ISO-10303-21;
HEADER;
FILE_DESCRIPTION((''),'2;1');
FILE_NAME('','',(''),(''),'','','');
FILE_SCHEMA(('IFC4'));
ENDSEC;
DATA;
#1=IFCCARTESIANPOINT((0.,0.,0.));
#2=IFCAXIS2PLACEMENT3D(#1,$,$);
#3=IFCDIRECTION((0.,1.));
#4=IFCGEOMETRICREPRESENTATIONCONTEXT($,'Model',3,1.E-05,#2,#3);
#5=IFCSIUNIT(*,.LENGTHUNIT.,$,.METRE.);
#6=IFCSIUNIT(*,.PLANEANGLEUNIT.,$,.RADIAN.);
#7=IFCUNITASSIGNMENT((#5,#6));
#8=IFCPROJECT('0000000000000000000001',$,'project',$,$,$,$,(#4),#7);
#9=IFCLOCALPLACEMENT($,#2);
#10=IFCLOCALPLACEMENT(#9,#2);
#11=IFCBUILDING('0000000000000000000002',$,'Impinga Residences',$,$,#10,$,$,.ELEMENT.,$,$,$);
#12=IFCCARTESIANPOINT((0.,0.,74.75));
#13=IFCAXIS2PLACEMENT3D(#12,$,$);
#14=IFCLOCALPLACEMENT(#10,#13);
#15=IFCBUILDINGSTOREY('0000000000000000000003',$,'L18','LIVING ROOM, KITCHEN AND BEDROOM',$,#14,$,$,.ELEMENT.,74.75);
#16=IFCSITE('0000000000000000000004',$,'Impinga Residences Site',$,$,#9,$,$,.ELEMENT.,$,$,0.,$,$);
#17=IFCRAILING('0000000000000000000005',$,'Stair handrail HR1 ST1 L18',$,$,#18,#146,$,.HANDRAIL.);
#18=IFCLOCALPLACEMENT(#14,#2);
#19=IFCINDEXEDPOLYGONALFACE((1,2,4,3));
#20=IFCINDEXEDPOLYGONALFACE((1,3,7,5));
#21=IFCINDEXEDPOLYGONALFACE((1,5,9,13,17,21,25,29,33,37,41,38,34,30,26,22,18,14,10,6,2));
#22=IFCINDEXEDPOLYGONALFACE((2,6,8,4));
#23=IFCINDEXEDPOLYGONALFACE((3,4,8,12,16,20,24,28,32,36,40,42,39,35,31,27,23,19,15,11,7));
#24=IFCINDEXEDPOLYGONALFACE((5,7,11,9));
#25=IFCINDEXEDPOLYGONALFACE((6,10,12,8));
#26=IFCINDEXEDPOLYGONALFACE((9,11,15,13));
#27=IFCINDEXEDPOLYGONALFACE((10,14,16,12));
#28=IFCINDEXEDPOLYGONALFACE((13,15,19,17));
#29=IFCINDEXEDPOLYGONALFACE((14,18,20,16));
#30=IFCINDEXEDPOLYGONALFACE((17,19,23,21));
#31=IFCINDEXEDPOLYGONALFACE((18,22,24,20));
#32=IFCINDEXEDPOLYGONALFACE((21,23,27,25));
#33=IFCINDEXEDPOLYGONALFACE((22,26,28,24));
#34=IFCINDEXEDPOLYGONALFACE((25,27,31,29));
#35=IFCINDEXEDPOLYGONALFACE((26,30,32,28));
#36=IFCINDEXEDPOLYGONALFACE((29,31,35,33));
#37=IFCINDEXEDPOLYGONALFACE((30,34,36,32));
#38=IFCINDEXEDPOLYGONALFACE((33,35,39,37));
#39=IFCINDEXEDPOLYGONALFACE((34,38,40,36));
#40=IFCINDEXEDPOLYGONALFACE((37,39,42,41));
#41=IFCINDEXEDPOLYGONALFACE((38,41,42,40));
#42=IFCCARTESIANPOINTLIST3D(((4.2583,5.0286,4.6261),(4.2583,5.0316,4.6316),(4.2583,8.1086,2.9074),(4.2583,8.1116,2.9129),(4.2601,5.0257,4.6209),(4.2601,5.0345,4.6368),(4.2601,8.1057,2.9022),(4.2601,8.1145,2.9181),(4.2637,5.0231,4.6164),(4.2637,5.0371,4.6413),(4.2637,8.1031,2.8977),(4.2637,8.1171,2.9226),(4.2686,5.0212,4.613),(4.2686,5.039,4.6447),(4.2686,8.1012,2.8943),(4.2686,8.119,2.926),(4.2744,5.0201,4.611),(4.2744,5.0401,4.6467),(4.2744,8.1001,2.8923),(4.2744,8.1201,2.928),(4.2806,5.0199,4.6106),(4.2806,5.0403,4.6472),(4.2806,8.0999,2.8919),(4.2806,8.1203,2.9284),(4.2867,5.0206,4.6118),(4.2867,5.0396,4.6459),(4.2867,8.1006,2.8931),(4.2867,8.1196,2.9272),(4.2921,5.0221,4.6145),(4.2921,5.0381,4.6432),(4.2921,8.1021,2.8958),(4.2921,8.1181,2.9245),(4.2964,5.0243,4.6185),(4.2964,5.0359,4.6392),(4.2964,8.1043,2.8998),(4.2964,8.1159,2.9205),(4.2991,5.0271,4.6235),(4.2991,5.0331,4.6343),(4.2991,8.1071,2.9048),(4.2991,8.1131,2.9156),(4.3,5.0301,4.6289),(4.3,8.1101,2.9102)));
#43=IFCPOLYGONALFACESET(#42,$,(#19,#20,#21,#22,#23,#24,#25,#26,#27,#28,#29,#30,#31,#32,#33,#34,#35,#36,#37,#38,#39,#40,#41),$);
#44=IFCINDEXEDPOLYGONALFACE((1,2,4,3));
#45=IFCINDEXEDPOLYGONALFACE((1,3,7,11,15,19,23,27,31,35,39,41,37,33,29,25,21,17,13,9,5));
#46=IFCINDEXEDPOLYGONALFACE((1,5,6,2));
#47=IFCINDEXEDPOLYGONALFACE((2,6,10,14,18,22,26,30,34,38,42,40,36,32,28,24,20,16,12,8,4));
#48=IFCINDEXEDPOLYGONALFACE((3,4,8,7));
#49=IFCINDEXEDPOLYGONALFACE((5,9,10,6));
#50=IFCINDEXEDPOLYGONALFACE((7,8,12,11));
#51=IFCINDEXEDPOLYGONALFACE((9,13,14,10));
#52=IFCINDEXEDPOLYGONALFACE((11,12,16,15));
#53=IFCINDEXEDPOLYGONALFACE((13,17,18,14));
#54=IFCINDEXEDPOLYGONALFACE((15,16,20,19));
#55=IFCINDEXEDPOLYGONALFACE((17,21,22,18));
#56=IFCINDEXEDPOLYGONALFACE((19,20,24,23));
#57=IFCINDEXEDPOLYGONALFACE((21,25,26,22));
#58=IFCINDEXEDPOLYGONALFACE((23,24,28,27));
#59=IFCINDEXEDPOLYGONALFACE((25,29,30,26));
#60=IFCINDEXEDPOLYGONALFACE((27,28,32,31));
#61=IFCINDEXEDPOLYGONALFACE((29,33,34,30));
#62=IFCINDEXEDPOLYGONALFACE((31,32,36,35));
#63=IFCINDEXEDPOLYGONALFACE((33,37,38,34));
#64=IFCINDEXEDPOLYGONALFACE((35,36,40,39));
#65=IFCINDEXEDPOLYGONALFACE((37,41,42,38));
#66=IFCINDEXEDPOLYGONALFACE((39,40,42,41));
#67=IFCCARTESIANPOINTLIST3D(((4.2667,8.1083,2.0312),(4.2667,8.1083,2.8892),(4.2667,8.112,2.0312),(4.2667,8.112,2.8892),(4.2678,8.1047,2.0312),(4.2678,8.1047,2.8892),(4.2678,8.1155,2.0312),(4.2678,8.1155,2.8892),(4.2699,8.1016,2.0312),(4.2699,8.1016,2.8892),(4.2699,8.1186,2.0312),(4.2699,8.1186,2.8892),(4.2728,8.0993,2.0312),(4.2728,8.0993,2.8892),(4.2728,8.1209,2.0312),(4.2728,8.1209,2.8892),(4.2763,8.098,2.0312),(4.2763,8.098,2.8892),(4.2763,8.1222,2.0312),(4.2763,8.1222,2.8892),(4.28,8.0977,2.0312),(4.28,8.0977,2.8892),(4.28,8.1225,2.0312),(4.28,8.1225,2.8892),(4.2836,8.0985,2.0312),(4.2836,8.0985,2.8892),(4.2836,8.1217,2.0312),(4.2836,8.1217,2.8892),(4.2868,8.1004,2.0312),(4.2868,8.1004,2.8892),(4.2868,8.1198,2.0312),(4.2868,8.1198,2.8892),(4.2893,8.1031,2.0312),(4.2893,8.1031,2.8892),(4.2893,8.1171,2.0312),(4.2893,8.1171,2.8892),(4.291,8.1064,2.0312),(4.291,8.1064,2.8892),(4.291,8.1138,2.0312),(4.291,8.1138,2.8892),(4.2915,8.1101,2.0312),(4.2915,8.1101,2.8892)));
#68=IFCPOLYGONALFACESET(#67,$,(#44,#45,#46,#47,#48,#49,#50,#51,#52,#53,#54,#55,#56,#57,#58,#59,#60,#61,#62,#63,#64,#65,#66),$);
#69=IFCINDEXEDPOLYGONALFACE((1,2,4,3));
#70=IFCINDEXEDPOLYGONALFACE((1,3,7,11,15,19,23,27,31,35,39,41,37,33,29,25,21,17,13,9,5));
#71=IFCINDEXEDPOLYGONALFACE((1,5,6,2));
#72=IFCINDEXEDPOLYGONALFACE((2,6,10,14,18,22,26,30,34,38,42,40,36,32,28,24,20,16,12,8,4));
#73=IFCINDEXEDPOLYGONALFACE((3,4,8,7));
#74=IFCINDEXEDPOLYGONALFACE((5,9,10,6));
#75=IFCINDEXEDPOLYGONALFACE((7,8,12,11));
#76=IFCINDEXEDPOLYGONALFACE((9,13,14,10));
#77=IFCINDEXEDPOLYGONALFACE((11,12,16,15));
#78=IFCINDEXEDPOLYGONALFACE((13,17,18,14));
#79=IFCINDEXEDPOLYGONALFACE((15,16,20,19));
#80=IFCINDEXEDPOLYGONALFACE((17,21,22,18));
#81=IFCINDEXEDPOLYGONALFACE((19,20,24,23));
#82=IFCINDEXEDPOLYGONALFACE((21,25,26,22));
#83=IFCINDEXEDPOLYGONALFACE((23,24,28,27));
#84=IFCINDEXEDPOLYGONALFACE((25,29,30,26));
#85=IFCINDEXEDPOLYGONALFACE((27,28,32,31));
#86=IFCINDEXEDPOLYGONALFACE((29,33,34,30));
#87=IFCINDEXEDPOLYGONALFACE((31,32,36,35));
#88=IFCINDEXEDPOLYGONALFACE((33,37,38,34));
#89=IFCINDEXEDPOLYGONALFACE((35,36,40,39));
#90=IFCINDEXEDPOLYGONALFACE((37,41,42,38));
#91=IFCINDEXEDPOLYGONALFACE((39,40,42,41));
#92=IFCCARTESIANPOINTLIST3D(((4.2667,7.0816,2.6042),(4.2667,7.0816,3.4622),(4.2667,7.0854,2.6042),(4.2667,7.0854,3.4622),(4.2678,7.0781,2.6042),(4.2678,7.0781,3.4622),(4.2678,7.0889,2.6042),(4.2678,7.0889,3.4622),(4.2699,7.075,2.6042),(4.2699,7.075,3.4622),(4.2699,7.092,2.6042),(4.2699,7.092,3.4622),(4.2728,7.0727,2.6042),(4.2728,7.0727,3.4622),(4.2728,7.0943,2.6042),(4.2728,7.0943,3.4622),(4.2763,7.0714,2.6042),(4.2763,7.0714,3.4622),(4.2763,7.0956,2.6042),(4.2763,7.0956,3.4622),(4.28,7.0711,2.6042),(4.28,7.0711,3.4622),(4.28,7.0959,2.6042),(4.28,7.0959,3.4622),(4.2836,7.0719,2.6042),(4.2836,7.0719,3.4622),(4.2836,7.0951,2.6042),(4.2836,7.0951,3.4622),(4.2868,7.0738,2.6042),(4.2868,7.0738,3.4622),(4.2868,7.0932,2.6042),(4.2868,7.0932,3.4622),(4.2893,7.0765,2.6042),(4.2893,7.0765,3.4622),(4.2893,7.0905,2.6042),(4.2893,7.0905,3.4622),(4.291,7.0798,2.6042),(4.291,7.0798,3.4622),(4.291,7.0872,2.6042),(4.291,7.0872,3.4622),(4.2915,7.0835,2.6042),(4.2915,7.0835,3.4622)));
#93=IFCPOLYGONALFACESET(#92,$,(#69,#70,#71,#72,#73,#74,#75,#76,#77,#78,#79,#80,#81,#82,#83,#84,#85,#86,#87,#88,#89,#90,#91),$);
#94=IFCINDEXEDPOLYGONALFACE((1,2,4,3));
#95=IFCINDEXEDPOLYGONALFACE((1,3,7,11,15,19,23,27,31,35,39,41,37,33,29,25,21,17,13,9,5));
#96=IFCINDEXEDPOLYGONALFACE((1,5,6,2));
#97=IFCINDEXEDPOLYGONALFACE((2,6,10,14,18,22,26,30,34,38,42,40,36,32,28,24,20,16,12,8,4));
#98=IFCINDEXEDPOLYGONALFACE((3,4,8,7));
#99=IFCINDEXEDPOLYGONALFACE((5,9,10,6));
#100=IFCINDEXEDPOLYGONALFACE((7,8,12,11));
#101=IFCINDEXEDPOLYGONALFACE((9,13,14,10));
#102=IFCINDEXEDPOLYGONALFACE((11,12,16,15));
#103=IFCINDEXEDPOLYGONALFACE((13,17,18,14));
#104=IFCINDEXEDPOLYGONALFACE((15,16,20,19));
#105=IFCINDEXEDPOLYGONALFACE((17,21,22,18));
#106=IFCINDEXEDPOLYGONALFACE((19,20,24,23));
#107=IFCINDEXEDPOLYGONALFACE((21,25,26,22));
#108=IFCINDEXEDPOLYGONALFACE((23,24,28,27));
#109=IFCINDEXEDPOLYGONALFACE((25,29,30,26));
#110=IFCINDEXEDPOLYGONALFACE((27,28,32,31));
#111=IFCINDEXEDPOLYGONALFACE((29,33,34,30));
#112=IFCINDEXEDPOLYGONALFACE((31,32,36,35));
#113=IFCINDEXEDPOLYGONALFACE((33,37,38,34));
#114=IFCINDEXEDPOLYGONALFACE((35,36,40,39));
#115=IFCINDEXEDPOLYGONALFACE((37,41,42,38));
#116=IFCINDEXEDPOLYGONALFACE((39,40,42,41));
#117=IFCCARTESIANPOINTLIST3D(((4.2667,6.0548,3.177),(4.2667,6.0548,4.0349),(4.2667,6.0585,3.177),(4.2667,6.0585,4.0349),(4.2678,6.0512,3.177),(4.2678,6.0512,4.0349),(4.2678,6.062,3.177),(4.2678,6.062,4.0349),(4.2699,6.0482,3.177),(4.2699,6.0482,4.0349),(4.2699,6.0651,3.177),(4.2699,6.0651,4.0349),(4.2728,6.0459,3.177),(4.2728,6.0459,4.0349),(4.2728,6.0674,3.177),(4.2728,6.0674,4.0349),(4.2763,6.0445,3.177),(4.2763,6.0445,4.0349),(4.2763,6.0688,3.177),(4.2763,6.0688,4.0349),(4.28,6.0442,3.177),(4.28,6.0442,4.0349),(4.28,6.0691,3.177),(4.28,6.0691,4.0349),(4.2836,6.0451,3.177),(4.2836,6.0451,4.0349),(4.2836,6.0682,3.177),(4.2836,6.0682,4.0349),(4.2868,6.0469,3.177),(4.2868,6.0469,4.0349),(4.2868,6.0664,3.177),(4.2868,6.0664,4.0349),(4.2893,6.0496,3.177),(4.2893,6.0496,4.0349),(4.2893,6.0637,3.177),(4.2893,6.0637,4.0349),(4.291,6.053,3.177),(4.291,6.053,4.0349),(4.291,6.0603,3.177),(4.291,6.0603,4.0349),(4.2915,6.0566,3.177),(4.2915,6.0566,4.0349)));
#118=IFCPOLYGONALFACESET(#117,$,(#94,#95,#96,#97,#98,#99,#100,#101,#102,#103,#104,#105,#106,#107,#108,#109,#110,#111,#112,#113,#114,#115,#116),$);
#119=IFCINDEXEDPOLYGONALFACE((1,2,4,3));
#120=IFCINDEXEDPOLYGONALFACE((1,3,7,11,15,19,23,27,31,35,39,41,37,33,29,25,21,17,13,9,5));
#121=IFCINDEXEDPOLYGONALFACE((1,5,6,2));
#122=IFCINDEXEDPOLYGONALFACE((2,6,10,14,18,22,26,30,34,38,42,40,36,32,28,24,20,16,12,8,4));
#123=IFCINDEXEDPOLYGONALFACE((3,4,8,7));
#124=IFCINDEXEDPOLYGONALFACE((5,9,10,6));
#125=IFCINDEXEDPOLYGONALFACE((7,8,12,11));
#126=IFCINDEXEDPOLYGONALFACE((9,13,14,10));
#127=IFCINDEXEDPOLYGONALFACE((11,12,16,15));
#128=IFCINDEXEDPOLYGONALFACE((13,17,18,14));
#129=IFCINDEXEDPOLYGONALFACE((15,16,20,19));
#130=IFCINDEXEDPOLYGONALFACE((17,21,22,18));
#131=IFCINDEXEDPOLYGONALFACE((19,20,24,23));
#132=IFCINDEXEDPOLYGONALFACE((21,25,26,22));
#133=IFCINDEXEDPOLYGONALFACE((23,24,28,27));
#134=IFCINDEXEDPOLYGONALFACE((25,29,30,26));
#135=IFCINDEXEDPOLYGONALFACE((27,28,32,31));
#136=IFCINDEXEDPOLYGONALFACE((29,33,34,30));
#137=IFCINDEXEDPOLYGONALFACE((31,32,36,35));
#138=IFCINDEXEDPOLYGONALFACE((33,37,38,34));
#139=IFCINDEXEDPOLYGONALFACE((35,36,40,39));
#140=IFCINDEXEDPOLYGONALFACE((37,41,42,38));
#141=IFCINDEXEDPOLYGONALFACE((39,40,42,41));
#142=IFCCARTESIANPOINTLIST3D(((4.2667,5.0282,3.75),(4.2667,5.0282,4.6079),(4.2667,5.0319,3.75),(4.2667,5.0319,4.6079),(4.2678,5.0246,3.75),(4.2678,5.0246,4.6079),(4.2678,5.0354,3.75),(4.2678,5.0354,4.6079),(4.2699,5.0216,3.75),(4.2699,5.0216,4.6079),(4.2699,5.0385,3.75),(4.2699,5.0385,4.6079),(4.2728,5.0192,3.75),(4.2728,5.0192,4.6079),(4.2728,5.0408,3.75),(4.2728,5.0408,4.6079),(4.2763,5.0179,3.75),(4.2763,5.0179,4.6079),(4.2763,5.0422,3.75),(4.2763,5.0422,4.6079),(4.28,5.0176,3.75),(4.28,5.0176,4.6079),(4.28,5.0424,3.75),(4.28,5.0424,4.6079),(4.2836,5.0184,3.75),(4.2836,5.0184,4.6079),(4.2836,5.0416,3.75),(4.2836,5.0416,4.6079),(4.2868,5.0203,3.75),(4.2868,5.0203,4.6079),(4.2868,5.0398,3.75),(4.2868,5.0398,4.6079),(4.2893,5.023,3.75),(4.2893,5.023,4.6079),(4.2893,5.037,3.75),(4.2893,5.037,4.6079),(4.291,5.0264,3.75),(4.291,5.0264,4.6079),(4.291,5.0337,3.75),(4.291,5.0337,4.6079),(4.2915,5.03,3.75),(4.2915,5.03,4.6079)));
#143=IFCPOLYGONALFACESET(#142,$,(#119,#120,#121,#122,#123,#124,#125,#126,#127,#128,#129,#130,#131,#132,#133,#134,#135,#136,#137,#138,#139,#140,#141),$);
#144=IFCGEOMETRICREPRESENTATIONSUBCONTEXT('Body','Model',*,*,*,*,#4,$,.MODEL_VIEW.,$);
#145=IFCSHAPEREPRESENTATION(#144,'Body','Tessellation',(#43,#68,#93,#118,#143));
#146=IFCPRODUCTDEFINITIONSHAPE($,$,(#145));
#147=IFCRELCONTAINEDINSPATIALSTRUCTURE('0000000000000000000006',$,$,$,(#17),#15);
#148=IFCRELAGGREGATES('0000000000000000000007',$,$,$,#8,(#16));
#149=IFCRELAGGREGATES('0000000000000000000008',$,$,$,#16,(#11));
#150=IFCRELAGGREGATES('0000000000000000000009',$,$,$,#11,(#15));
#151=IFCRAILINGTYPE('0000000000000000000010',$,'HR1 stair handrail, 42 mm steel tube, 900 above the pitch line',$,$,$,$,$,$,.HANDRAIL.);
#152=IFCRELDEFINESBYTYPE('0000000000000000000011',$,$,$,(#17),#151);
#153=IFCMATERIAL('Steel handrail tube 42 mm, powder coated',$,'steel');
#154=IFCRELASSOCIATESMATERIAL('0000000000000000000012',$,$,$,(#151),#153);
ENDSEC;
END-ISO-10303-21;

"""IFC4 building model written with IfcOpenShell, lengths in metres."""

from ifc_helpers import new_model, si_unit, direction, frame, origin, origin_2d, place, context, subcontext, project, spatial, circle, extrude, material, type_object, element, save


model = new_model("IFC4")

# Units and contexts
model_context = context("Model", 3, precision=1e-05, world=origin(), true_north=direction((0.0, 1.0)))
body_context = subcontext(model_context, "Body", "Model", "MODEL_VIEW")
ifc_project = project(units=[si_unit("LENGTHUNIT", "METRE"), si_unit("PLANEANGLEUNIT", "RADIAN")], contexts=[model_context])

# Site, building, storey
site_placement = place(None, origin())
site = spatial("IfcSite", under=ifc_project, at=site_placement, Name="Impinga Residences Site", CompositionType="ELEMENT", RefElevation=0.0)
building_placement = place(site_placement, origin())
building = spatial("IfcBuilding", under=site, at=building_placement, Name="Impinga Residences", CompositionType="ELEMENT")
storey_placement = place(building_placement, frame((0.0, 0.0, 74.75)))
storey = spatial("IfcBuildingStorey", under=building, at=storey_placement, Name="L18", Description="LIVING ROOM, KITCHEN AND BEDROOM", CompositionType="ELEMENT", Elevation=74.75)

# Railing
ifc_material_1 = material(Name="Steel handrail tube 42 mm, powder coated", Category="steel")
railing_type_1 = type_object("IfcRailingType", Name="HR1 stair handrail, 42 mm steel tube, 900 above the pitch line", PredefinedType="HANDRAIL", material=ifc_material_1)
railing_1_placement = place(storey_placement, frame((4.2791, 8.1101, 2.0312)))
element("IfcRailing", 1, at=railing_1_placement, inside=storey, type_object=railing_type_1, Name="Stair handrail HR1 ST1 L18", PredefinedType="HANDRAIL", context=body_context, shape_type="SweptSolid", body=[
    extrude(circle(Radius=0.021, at=origin_2d()), frame((0.0, 0.0, 0.8789), z_axis=(0.0, -0.873242, 0.487288), x_axis=(1.0, 0.0, 0.0)), (0.0, 0.0, 1.0), 3.5271),
    extrude(circle(Radius=0.0125, at=origin_2d()), origin(), (0.0, 0.0, 1.0), 0.8579),
    extrude(circle(Radius=0.0125, at=origin_2d()), frame((0.0, -1.0266, 0.573)), (0.0, 0.0, 1.0), 0.8579),
    extrude(circle(Radius=0.0125, at=origin_2d()), frame((0.0, -2.0535, 1.1458)), (0.0, 0.0, 1.0), 0.8579),
    extrude(circle(Radius=0.0125, at=origin_2d()), frame((0.0, -3.0801, 1.7188)), (0.0, 0.0, 1.0), 0.8579),
])

save(model, "model.ifc")
